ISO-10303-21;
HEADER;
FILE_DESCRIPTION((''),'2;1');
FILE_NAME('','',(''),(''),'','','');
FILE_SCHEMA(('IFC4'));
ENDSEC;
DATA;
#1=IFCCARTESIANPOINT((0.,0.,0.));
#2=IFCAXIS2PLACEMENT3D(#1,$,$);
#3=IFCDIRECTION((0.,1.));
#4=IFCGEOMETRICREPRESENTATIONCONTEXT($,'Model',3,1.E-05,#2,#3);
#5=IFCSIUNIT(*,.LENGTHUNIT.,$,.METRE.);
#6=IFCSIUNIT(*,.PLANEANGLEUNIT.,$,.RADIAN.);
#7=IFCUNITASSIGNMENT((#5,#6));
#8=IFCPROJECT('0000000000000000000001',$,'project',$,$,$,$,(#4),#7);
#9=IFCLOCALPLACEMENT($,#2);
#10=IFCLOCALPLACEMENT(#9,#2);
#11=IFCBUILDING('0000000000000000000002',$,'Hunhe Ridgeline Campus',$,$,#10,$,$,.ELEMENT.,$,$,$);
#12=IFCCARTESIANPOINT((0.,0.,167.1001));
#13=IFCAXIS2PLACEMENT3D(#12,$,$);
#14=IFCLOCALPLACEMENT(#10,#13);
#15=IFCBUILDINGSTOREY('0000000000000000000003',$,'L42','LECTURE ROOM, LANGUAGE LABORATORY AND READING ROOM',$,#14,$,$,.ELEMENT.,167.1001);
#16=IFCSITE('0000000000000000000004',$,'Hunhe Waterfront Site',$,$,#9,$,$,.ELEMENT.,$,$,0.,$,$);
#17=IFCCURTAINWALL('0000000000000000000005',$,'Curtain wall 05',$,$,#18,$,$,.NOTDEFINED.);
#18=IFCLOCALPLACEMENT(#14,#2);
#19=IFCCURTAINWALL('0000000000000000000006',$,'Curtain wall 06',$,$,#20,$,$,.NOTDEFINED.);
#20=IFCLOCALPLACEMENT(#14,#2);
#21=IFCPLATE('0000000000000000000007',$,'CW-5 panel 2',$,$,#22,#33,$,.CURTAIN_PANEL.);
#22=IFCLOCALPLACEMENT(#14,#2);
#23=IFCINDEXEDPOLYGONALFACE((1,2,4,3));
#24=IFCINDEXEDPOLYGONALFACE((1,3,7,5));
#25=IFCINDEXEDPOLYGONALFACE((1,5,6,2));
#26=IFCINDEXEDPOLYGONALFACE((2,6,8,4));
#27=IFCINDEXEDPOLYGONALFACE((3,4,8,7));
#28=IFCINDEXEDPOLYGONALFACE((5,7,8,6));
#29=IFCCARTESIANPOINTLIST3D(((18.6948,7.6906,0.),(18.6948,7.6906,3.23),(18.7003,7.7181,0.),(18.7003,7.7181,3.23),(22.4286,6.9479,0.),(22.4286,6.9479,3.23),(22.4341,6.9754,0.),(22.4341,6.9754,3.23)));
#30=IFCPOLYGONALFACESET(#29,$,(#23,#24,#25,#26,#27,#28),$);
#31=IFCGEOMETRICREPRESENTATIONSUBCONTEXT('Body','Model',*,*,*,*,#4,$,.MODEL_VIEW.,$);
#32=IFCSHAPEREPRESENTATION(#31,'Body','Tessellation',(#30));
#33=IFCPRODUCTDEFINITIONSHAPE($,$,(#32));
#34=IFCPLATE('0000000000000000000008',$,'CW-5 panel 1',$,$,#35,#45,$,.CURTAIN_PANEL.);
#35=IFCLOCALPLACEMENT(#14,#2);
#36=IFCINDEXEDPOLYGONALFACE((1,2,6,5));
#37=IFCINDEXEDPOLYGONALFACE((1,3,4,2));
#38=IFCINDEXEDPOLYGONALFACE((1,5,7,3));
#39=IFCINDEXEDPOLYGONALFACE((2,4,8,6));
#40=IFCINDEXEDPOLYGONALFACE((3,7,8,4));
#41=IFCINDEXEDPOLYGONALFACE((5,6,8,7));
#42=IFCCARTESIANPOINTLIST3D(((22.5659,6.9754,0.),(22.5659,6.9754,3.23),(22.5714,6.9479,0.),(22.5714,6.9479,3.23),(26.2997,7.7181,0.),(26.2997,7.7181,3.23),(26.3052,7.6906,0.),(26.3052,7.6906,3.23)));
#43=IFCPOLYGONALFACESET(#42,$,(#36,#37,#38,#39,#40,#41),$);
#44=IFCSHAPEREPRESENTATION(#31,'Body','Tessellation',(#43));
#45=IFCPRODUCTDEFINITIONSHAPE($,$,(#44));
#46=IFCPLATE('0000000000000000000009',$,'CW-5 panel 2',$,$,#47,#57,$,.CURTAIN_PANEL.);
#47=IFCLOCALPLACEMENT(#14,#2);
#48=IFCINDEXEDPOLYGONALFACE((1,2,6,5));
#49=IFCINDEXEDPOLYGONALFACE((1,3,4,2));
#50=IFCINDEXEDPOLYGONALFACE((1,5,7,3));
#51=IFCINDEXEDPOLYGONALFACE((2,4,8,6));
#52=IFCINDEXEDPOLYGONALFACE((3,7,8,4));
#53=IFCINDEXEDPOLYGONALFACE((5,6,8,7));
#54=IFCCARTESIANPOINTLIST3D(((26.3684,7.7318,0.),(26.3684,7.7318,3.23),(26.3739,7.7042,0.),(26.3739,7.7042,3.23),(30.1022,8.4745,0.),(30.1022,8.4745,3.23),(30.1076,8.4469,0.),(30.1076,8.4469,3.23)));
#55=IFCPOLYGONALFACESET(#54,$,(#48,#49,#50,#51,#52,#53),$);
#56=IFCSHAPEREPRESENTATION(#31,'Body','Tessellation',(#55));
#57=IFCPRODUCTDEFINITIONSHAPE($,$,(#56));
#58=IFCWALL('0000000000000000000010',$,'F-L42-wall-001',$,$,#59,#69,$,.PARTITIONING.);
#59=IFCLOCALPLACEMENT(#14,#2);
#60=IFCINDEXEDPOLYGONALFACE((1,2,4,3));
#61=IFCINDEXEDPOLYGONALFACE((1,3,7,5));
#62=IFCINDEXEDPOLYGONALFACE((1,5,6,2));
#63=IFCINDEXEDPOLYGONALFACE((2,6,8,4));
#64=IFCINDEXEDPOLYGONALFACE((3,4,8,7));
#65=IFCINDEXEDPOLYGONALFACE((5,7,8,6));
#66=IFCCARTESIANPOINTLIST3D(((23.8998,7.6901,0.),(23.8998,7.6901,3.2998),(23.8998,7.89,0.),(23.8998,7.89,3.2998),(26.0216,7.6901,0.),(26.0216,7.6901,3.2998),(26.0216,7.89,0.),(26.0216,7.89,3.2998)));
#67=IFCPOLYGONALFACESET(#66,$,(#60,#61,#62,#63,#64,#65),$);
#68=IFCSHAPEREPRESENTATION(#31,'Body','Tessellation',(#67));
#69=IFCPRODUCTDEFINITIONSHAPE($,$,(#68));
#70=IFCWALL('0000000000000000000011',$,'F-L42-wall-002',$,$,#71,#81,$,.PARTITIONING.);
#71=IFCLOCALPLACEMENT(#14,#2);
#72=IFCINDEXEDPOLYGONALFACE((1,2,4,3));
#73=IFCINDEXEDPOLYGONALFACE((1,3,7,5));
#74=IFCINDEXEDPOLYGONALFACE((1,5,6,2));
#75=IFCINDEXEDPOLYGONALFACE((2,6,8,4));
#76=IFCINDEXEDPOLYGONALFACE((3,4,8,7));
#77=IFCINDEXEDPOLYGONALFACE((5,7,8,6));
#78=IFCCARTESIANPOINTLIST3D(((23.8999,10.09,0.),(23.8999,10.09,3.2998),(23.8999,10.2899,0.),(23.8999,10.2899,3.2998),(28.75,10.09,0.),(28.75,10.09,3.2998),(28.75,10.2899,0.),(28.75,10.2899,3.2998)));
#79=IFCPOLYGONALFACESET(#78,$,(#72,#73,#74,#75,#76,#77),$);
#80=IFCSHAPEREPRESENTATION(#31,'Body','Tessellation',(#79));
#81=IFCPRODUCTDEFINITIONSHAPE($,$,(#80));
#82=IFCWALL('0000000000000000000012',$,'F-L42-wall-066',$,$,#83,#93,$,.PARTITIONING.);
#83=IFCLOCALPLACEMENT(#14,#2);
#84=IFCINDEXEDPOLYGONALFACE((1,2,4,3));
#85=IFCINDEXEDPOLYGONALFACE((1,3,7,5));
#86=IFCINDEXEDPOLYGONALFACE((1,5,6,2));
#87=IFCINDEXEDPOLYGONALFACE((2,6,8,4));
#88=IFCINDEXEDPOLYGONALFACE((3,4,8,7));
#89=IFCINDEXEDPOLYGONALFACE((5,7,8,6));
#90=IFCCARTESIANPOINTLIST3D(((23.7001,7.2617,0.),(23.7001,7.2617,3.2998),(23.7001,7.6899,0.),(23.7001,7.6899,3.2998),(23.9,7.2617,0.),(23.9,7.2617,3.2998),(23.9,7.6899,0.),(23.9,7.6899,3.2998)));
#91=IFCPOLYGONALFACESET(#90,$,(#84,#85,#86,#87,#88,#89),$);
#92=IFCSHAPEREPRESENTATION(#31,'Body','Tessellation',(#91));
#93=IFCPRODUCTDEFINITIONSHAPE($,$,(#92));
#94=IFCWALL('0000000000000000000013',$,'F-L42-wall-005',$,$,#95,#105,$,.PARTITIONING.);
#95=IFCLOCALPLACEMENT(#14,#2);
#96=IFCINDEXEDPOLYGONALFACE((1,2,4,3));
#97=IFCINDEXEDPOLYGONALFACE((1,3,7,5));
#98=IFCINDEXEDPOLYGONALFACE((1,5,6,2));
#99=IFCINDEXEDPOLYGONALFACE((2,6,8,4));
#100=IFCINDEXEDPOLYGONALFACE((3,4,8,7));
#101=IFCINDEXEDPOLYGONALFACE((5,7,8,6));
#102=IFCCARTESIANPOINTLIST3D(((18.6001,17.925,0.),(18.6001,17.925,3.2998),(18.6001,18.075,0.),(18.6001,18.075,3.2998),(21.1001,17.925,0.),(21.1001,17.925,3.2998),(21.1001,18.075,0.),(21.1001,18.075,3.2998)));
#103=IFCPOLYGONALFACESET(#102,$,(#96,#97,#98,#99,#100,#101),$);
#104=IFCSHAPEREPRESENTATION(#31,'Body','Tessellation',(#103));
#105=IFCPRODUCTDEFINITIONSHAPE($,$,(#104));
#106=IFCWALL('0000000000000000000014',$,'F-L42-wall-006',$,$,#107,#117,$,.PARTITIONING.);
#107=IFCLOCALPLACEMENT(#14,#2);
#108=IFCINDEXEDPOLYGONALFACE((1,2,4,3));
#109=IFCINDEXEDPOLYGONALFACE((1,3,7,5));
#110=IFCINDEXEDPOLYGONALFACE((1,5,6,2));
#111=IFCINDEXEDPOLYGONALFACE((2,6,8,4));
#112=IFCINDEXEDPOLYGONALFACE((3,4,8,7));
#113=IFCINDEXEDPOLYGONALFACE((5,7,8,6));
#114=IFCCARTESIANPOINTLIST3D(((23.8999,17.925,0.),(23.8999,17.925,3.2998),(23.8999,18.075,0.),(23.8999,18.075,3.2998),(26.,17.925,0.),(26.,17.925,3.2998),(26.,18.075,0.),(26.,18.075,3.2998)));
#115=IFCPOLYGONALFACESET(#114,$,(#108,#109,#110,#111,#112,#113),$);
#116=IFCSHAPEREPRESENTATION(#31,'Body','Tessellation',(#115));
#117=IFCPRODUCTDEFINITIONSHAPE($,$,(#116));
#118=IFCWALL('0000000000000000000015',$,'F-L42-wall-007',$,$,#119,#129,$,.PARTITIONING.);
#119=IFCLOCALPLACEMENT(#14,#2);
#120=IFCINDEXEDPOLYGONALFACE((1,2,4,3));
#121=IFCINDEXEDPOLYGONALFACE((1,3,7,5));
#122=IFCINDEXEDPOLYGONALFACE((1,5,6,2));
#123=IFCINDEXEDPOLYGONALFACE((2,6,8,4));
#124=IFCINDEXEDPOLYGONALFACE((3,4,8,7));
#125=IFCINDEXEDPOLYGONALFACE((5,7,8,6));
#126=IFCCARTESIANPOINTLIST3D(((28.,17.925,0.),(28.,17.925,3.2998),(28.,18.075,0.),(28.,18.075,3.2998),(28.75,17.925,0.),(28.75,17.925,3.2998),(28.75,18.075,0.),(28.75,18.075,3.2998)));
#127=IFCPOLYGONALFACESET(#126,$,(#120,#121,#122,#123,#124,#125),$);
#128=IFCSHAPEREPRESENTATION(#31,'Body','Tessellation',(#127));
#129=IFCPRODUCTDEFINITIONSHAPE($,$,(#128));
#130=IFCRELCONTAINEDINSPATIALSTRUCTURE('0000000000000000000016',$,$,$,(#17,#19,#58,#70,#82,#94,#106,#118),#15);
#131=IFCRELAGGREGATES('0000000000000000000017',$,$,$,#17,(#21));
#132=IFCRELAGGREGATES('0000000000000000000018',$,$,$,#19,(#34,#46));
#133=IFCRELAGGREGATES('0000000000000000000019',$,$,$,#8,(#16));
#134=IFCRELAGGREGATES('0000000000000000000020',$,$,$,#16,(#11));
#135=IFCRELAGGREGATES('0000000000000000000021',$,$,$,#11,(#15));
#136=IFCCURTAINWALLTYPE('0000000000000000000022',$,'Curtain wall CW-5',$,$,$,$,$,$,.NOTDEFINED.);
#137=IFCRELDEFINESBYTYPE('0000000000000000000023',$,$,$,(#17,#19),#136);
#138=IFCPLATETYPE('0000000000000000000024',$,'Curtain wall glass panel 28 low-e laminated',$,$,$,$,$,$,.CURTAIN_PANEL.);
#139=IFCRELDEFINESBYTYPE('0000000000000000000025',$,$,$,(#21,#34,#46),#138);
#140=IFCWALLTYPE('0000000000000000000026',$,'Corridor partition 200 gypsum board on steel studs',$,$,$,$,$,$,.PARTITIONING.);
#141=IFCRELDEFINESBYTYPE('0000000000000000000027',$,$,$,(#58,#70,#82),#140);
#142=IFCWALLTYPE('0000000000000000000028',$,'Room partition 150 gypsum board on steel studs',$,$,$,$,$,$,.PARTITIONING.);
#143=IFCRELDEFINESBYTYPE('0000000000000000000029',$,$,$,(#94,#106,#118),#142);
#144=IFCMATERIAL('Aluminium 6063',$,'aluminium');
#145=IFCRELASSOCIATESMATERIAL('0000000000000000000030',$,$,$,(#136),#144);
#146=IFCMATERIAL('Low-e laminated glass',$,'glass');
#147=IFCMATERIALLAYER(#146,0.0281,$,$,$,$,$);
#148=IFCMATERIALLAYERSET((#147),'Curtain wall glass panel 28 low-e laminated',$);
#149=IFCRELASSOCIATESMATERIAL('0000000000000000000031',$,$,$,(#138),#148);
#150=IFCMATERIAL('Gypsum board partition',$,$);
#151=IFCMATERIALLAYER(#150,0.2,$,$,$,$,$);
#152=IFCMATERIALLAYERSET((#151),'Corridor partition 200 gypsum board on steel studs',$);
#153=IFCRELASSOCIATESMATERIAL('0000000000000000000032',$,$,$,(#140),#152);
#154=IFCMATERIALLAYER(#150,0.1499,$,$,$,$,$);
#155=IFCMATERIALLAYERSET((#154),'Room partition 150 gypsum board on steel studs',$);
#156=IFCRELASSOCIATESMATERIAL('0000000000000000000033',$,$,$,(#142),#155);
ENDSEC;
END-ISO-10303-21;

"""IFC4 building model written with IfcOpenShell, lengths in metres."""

from ifc_helpers import new_model, si_unit, direction, frame, frame_2d, origin, origin_2d, place, context, subcontext, project, spatial, rectangle, extrude, material, layer, layer_set, type_object, element, aggregate, save


model = new_model("IFC4")

# Units and contexts
model_context = context("Model", 3, precision=1e-05, world=origin(), true_north=direction((0.0, 1.0)))
body_context = subcontext(model_context, "Body", "Model", "MODEL_VIEW")
ifc_project = project(units=[si_unit("LENGTHUNIT", "METRE"), si_unit("PLANEANGLEUNIT", "RADIAN")], contexts=[model_context])

# Site, building, storey
site_placement = place(None, origin())
site = spatial("IfcSite", under=ifc_project, at=site_placement, Name="Hunhe Waterfront Site", CompositionType="ELEMENT", RefElevation=0.0)
building_placement = place(site_placement, origin())
building = spatial("IfcBuilding", under=site, at=building_placement, Name="Hunhe Ridgeline Campus", CompositionType="ELEMENT")
storey_placement = place(building_placement, frame((0.0, 0.0, 167.1001)))
storey = spatial("IfcBuildingStorey", under=building, at=storey_placement, Name="L42", Description="LECTURE ROOM, LANGUAGE LABORATORY AND READING ROOM", CompositionType="ELEMENT", Elevation=167.1001)

# Curtain walls
ifc_material_1 = material(Name="Aluminium 6063", Category="aluminium")
curtain_wall_type = type_object("IfcCurtainWallType", Name="Curtain wall CW-5", PredefinedType="NOTDEFINED", material=ifc_material_1)
curtain_wall_1_placement = place(storey_placement, origin())
curtain_wall_1 = element("IfcCurtainWall", 1, at=curtain_wall_1_placement, inside=storey, type_object=curtain_wall_type, Name="Curtain wall 05", PredefinedType="NOTDEFINED")
curtain_wall_2_placement = place(storey_placement, origin())
curtain_wall_2 = element("IfcCurtainWall", 2, at=curtain_wall_2_placement, inside=storey, type_object=curtain_wall_type, Name="Curtain wall 06", PredefinedType="NOTDEFINED")

# Plates
ifc_material_2 = material(Name="Low-e laminated glass", Category="glass")
ifc_layer_1 = layer(ifc_material_2, 0.0281)
ifc_layer_set_1 = layer_set([ifc_layer_1], Name="Curtain wall glass panel 28 low-e laminated")
plate_type = type_object("IfcPlateType", Name="Curtain wall glass panel 28 low-e laminated", PredefinedType="CURTAIN_PANEL", material=ifc_layer_set_1)
plate_1_placement = place(storey_placement, frame((20.5645, 7.333, 0.0), z_axis=(0.0, 0.0, 1.0), x_axis=(0.980785, -0.19509, 0.0)))
plate_1 = element("IfcPlate", 3, at=plate_1_placement, type_object=plate_type, Name="CW-5 panel 2", PredefinedType="CURTAIN_PANEL", context=body_context, shape_type="SweptSolid", body=[
    extrude(rectangle(XDim=3.8069, YDim=0.0281, at=origin_2d()), origin(), (0.0, 0.0, 1.0), 3.23),
])
aggregate(curtain_wall_1, [plate_1])
plate_2_placement = place(storey_placement, frame((24.4355, 7.333, 0.0), z_axis=(0.0, 0.0, 1.0), x_axis=(0.980785, 0.19509, 0.0)))
plate_2 = element("IfcPlate", 4, at=plate_2_placement, type_object=plate_type, Name="CW-5 panel 1", PredefinedType="CURTAIN_PANEL", context=body_context, shape_type="SweptSolid", body=[
    extrude(rectangle(XDim=3.8069, YDim=0.0281, at=origin_2d()), origin(), (0.0, 0.0, 1.0), 3.23),
])
plate_3_placement = place(storey_placement, frame((28.238, 8.0894, 0.0), z_axis=(0.0, 0.0, 1.0), x_axis=(0.980785, 0.19509, 0.0)))
plate_3 = element("IfcPlate", 5, at=plate_3_placement, type_object=plate_type, Name="CW-5 panel 2", PredefinedType="CURTAIN_PANEL", context=body_context, shape_type="SweptSolid", body=[
    extrude(rectangle(XDim=3.8069, YDim=0.0281, at=origin_2d()), origin(), (0.0, 0.0, 1.0), 3.23),
])
aggregate(curtain_wall_2, [plate_2, plate_3])

# Walls
ifc_material_3 = material(Name="Gypsum board partition")
ifc_layer_2 = layer(ifc_material_3, 0.2)
ifc_layer_set_2 = layer_set([ifc_layer_2], Name="Corridor partition 200 gypsum board on steel studs")
wall_type_1 = type_object("IfcWallType", Name="Corridor partition 200 gypsum board on steel studs", PredefinedType="PARTITIONING", material=ifc_layer_set_2)
wall_1_placement = place(storey_placement, frame((26.0217, 7.79, 0.0), z_axis=(0.0, 0.0, 1.0), x_axis=(-1.0, 0.0, 0.0)))
element("IfcWall", 6, at=wall_1_placement, inside=storey, type_object=wall_type_1, Name="F-L42-wall-001", PredefinedType="PARTITIONING", context=body_context, shape_type="SweptSolid", body=[
    extrude(rectangle(XDim=2.1218, YDim=0.2, at=frame_2d((1.061, 0.0))), origin(), (0.0, 0.0, 1.0), 3.2998),
])
wall_2_placement = place(storey_placement, frame((23.8999, 10.1899, 0.0), z_axis=(0.0, 0.0, 1.0), x_axis=(1.0, 0.0, 0.0)))
element("IfcWall", 7, at=wall_2_placement, inside=storey, type_object=wall_type_1, Name="F-L42-wall-002", PredefinedType="PARTITIONING", context=body_context, shape_type="SweptSolid", body=[
    extrude(rectangle(XDim=4.8501, YDim=0.2, at=frame_2d((2.425, 0.0))), origin(), (0.0, 0.0, 1.0), 3.2998),
])

# Wall
wall_3_placement = place(storey_placement, frame((23.8, 7.6899, 0.0), z_axis=(0.0, 0.0, 1.0), x_axis=(0.0, -1.0, 0.0)))
element("IfcWall", 8, at=wall_3_placement, inside=storey, type_object=wall_type_1, Name="F-L42-wall-066", PredefinedType="PARTITIONING", context=body_context, shape_type="SweptSolid", body=[
    extrude(rectangle(XDim=0.4282, YDim=0.2, at=frame_2d((0.2141, 0.0))), origin(), (0.0, 0.0, 1.0), 3.2998),
])

# Walls
ifc_layer_3 = layer(ifc_material_3, 0.1499)
ifc_layer_set_3 = layer_set([ifc_layer_3], Name="Room partition 150 gypsum board on steel studs")
wall_type_2 = type_object("IfcWallType", Name="Room partition 150 gypsum board on steel studs", PredefinedType="PARTITIONING", material=ifc_layer_set_3)
wall_4_placement = place(storey_placement, frame((18.6001, 18.0, 0.0), z_axis=(0.0, 0.0, 1.0), x_axis=(1.0, 0.0, 0.0)))
element("IfcWall", 9, at=wall_4_placement, inside=storey, type_object=wall_type_2, Name="F-L42-wall-005", PredefinedType="PARTITIONING", context=body_context, shape_type="SweptSolid", body=[
    extrude(rectangle(XDim=2.5, YDim=0.1499, at=frame_2d((1.25, 0.0))), origin(), (0.0, 0.0, 1.0), 3.2998),
])
wall_5_placement = place(storey_placement, frame((23.8999, 18.0, 0.0), z_axis=(0.0, 0.0, 1.0), x_axis=(1.0, 0.0, 0.0)))
element("IfcWall", 10, at=wall_5_placement, inside=storey, type_object=wall_type_2, Name="F-L42-wall-006", PredefinedType="PARTITIONING", context=body_context, shape_type="SweptSolid", body=[
    extrude(rectangle(XDim=2.1001, YDim=0.1499, at=frame_2d((1.05, 0.0))), origin(), (0.0, 0.0, 1.0), 3.2998),
])
wall_6_placement = place(storey_placement, frame((28.0, 18.0, 0.0), z_axis=(0.0, 0.0, 1.0), x_axis=(1.0, 0.0, 0.0)))
element("IfcWall", 11, at=wall_6_placement, inside=storey, type_object=wall_type_2, Name="F-L42-wall-007", PredefinedType="PARTITIONING", context=body_context, shape_type="SweptSolid", body=[
    extrude(rectangle(XDim=0.75, YDim=0.1499, at=frame_2d((0.375, 0.0))), origin(), (0.0, 0.0, 1.0), 3.2998),
])

save(model, "model.ifc")
